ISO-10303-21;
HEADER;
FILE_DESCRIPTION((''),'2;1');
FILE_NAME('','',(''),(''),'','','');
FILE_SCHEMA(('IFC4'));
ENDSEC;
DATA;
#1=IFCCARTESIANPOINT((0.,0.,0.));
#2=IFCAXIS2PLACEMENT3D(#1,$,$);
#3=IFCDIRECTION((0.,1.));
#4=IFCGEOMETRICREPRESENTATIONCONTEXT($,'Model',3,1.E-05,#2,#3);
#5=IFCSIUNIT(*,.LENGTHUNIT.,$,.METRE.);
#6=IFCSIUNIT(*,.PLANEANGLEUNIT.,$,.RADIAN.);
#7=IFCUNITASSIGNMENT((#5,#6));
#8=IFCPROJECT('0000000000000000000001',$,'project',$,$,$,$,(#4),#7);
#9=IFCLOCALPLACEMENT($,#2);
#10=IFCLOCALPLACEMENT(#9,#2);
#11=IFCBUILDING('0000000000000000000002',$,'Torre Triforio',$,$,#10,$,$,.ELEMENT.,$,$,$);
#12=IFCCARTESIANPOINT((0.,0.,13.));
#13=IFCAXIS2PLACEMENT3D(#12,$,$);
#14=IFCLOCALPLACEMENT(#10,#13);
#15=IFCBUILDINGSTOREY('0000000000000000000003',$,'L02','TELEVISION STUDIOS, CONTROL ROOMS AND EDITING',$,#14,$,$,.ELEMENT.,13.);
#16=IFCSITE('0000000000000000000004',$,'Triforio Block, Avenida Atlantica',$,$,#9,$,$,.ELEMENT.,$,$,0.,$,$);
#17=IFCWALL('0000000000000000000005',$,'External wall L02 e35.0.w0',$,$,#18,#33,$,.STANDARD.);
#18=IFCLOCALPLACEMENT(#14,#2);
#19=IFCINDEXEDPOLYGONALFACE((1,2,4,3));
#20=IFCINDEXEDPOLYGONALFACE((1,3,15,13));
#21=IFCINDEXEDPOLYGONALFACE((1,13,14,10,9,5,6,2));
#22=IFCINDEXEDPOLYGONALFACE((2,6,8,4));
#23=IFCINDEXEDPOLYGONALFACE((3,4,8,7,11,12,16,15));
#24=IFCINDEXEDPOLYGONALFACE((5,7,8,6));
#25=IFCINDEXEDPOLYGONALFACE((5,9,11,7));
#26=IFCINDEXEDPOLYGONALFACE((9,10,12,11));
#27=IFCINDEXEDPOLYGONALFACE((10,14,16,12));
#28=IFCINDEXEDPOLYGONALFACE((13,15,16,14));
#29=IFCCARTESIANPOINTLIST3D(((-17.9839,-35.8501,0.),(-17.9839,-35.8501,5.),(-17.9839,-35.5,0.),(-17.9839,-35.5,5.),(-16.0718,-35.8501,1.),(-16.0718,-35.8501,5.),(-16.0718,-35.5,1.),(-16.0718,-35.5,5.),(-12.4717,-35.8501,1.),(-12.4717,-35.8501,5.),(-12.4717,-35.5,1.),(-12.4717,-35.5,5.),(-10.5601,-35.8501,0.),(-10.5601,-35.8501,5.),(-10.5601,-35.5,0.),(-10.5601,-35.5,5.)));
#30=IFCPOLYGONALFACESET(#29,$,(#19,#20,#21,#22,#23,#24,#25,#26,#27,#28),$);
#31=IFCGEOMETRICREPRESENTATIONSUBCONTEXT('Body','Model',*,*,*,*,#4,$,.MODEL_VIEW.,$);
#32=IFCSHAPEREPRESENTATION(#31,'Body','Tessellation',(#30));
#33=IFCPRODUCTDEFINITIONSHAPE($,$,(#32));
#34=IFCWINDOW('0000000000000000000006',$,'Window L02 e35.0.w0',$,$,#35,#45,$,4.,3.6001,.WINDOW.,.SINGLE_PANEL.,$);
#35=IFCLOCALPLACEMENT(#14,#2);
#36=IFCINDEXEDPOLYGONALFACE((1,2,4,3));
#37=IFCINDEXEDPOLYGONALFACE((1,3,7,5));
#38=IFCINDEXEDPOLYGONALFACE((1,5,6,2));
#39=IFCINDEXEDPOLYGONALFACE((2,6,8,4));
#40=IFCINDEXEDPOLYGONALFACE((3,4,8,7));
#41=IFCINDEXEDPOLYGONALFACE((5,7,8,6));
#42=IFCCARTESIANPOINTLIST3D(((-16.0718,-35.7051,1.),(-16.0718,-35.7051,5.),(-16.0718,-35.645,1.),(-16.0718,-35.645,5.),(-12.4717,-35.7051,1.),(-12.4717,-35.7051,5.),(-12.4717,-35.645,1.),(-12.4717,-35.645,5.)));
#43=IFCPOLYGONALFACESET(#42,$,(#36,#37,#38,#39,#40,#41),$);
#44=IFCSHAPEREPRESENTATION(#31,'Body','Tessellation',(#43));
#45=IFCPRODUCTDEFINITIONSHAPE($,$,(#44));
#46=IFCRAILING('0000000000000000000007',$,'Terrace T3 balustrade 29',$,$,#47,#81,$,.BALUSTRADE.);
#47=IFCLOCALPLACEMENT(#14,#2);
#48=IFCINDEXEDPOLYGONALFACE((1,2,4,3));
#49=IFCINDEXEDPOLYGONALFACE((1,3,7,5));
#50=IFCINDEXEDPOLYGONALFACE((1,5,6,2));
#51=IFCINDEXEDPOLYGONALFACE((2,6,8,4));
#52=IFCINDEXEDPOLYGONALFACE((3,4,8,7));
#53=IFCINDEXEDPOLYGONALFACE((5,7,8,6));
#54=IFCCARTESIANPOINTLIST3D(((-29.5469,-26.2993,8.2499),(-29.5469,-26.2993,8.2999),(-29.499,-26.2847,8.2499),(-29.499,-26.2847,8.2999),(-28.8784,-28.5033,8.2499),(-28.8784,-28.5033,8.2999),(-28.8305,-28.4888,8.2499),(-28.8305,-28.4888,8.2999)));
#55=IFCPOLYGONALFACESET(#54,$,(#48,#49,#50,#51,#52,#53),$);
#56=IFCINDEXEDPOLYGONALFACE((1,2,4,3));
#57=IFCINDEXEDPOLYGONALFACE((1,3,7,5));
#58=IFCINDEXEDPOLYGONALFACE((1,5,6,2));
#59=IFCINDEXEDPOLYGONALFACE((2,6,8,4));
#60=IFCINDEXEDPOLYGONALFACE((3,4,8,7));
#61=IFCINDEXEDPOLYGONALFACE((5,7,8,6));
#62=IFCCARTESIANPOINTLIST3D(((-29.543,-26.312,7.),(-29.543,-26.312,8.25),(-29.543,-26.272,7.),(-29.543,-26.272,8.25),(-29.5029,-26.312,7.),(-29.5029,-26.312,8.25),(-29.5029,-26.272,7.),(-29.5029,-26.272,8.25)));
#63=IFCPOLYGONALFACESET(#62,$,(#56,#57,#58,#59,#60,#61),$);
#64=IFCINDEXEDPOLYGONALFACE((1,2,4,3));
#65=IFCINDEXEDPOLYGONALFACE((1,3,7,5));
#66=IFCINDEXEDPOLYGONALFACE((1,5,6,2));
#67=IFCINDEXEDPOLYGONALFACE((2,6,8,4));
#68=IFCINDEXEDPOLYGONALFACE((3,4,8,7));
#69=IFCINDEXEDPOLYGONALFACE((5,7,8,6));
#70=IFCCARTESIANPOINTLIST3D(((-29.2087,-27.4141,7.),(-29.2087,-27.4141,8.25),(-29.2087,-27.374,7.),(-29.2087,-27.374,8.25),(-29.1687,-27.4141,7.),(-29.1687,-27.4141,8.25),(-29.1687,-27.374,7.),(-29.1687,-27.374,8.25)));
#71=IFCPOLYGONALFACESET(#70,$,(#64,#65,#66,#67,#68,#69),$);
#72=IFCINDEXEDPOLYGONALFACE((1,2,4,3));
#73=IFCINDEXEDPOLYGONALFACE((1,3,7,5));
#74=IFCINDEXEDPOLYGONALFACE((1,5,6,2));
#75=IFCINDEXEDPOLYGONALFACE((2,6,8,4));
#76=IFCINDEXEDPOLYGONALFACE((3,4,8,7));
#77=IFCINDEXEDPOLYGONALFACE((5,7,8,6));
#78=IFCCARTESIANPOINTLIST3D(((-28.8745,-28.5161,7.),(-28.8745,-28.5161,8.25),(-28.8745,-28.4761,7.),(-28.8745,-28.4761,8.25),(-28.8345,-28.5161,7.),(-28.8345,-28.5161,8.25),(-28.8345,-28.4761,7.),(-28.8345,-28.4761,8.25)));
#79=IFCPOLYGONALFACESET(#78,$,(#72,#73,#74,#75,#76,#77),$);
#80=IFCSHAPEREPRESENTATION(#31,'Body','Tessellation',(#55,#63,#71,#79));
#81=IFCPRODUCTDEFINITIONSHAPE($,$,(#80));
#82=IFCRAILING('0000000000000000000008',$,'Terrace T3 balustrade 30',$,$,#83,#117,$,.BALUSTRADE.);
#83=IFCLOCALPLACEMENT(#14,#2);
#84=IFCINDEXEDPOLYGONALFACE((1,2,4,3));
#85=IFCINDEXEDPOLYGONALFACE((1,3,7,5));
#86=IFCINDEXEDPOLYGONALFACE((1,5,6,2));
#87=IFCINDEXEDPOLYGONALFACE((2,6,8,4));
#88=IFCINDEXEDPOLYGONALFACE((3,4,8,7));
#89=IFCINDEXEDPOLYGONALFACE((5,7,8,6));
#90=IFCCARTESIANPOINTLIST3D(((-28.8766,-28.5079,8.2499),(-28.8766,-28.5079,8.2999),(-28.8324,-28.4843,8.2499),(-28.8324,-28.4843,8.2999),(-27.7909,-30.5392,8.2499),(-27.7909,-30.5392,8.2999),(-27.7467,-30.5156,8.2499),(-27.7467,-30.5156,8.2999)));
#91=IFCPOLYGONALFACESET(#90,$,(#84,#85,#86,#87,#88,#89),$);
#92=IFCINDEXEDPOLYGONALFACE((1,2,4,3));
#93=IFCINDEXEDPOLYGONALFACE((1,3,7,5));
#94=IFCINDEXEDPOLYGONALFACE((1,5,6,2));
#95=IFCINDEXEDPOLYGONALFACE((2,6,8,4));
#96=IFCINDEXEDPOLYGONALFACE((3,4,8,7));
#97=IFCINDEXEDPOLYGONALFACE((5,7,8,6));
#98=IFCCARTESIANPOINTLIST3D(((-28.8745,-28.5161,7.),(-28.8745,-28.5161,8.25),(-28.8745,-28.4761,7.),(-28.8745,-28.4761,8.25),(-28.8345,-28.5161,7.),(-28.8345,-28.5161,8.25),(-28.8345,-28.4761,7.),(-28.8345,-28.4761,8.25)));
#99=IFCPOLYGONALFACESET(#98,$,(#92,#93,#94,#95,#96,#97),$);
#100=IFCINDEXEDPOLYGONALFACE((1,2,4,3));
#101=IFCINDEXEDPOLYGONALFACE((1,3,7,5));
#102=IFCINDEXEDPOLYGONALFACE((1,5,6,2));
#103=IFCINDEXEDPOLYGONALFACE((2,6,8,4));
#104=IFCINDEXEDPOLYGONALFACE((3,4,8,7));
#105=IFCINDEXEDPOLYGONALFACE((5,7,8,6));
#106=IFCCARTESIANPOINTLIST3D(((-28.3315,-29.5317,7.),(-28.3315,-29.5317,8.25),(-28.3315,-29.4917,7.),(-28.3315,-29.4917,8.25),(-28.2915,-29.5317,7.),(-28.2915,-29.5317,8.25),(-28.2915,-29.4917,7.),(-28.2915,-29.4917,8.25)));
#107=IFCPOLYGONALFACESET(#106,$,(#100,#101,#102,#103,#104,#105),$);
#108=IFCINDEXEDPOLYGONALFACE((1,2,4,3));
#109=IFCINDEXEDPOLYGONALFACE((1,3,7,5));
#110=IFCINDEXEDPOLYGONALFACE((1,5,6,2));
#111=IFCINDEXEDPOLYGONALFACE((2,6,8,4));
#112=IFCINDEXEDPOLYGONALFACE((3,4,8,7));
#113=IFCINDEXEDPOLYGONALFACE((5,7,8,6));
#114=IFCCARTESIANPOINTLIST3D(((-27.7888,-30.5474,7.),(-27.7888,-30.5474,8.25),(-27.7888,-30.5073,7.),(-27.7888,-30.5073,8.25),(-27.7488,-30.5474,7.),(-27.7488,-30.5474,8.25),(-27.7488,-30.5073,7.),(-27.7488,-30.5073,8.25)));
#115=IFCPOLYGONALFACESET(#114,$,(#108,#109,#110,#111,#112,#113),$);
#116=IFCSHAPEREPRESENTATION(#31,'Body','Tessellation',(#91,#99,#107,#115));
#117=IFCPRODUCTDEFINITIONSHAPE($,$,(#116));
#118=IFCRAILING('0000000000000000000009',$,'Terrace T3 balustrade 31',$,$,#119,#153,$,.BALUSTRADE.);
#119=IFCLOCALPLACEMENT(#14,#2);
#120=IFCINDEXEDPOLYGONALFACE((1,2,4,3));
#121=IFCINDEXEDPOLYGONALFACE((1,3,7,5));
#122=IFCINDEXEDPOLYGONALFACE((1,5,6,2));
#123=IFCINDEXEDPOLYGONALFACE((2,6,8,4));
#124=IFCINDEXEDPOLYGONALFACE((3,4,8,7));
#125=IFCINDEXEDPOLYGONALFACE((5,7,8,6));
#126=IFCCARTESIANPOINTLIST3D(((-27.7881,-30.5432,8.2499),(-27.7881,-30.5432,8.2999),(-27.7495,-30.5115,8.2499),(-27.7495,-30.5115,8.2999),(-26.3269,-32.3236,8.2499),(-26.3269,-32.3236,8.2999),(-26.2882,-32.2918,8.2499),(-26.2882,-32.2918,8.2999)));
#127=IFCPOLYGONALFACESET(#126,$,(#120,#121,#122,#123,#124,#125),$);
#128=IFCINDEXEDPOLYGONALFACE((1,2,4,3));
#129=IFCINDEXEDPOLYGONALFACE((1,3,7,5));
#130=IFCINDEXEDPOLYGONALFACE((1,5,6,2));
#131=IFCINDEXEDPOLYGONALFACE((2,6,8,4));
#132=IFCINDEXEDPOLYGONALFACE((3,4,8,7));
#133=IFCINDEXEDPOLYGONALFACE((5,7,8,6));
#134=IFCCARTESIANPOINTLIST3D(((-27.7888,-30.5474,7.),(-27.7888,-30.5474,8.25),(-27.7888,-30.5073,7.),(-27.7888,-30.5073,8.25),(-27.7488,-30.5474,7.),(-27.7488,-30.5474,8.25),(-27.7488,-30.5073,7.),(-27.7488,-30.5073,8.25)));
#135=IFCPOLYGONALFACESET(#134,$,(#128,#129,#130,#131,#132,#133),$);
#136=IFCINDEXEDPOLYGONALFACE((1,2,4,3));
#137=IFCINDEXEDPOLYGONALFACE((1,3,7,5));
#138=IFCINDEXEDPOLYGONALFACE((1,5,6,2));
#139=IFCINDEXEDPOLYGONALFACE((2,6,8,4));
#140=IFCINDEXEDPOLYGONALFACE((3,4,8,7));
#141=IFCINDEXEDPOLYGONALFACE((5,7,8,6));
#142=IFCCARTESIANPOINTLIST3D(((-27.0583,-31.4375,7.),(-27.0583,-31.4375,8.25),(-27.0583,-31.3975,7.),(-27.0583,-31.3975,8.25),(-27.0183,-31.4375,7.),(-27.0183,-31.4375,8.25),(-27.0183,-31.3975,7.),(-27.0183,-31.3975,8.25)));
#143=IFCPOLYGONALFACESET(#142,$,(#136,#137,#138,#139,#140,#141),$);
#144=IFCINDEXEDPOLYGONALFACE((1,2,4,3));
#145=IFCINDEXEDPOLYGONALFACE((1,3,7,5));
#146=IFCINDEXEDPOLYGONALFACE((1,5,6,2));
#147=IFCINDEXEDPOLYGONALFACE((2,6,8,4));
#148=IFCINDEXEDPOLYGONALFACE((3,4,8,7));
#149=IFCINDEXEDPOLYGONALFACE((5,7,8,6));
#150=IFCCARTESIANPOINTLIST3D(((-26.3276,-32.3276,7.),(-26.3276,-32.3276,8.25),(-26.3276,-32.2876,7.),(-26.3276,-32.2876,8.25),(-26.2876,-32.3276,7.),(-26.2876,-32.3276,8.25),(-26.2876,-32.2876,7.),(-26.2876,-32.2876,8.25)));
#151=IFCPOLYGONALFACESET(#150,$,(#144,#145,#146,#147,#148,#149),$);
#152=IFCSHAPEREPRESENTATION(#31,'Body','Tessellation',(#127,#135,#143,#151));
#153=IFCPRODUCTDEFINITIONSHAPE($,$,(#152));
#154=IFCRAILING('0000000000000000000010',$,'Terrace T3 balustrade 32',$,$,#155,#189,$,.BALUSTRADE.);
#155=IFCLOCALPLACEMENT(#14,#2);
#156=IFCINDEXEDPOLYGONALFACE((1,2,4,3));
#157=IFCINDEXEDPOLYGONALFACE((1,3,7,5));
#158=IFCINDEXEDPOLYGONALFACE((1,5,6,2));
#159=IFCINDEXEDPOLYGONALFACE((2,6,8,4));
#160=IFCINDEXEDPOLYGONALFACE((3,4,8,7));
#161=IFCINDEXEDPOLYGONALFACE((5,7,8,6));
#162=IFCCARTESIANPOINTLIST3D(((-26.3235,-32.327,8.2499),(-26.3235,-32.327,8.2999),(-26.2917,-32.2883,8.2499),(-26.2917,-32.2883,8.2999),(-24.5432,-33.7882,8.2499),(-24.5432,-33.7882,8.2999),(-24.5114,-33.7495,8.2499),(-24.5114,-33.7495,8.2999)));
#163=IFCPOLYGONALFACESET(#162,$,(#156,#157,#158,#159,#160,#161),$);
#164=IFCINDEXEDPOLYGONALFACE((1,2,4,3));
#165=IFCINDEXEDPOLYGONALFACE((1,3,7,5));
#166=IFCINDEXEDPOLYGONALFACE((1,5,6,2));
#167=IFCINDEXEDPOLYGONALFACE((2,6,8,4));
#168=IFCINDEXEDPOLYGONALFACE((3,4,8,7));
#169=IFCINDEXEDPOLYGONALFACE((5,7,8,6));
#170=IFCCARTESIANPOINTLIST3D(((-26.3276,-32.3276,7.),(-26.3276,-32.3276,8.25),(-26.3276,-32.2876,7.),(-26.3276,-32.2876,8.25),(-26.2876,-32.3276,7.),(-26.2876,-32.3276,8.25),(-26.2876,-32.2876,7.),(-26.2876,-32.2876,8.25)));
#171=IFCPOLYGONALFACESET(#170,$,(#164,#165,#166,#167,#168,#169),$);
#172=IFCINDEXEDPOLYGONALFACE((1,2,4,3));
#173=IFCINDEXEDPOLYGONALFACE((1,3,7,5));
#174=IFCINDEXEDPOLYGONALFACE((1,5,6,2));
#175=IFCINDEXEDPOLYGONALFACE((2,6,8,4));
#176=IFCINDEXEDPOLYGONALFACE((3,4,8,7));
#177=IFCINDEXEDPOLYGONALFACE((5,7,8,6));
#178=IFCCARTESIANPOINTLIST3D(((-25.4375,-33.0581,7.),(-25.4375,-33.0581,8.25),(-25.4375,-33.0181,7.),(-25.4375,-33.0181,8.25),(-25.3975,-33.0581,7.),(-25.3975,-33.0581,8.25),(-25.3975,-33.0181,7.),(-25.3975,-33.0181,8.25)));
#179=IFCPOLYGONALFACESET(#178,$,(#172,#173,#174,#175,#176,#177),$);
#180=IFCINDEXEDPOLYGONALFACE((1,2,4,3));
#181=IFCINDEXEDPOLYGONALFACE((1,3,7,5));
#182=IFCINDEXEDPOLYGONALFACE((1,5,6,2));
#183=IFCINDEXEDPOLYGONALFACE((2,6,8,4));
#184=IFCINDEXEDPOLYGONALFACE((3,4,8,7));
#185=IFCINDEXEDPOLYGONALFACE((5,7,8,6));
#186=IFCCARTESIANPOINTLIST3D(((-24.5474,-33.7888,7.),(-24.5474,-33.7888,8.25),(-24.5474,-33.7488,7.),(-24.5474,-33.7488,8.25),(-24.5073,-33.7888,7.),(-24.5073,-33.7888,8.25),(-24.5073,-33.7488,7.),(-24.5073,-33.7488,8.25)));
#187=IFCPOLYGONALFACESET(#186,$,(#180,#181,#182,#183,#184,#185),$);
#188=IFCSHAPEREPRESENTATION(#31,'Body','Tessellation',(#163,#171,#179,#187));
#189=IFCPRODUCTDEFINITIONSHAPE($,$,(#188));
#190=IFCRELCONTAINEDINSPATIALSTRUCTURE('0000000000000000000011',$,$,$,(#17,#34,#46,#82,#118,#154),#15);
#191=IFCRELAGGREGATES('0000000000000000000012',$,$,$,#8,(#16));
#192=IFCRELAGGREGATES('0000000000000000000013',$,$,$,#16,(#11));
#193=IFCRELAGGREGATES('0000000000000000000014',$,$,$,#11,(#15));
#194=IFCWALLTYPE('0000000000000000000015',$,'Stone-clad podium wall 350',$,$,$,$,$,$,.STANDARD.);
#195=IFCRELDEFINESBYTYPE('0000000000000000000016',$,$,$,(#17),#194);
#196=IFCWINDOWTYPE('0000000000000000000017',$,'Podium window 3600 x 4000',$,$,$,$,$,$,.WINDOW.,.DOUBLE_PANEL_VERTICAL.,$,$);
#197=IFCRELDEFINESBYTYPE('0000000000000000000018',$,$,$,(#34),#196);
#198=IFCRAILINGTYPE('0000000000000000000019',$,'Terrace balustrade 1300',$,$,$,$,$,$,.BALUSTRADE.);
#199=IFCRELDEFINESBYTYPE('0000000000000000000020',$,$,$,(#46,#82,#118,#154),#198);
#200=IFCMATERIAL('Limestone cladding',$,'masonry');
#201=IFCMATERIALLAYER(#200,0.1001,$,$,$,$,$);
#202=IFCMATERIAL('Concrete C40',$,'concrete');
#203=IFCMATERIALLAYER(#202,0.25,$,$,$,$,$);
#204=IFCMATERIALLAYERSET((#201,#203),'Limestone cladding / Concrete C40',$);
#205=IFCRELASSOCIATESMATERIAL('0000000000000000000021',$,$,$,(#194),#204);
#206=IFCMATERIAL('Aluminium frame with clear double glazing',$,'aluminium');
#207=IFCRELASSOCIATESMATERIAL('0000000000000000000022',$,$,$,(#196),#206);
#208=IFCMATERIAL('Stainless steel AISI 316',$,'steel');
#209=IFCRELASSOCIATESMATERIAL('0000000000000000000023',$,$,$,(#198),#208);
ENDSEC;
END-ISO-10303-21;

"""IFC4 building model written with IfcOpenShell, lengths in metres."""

from ifc_helpers import new_model, si_unit, direction, frame, frame_2d, origin, origin_2d, place, context, subcontext, project, spatial, rectangle, extrude, material, layer, layer_set, type_object, element, fill, save


model = new_model("IFC4")

# Units and contexts
model_context = context("Model", 3, precision=1e-05, world=origin(), true_north=direction((0.0, 1.0)))
body_context = subcontext(model_context, "Body", "Model", "MODEL_VIEW")
ifc_project = project(units=[si_unit("LENGTHUNIT", "METRE"), si_unit("PLANEANGLEUNIT", "RADIAN")], contexts=[model_context])

# Site, building, storey
site_placement = place(None, origin())
site = spatial("IfcSite", under=ifc_project, at=site_placement, Name="Triforio Block, Avenida Atlantica", CompositionType="ELEMENT", RefElevation=0.0)
building_placement = place(site_placement, origin())
building = spatial("IfcBuilding", under=site, at=building_placement, Name="Torre Triforio", CompositionType="ELEMENT")
storey_placement = place(building_placement, frame((0.0, 0.0, 13.0)))
storey = spatial("IfcBuildingStorey", under=building, at=storey_placement, Name="L02", Description="TELEVISION STUDIOS, CONTROL ROOMS AND EDITING", CompositionType="ELEMENT", Elevation=13.0)

# Shared definitions
ifc_material_1 = material(Name="Limestone cladding", Category="masonry")
ifc_layer_1 = layer(ifc_material_1, 0.1001)
ifc_material_2 = material(Name="Concrete C40", Category="concrete")
ifc_layer_2 = layer(ifc_material_2, 0.25)
ifc_layer_set_1 = layer_set([ifc_layer_1, ifc_layer_2], Name="Limestone cladding / Concrete C40")
wall_type_1 = type_object("IfcWallType", Name="Stone-clad podium wall 350", PredefinedType="STANDARD", material=ifc_layer_set_1)

# Wall, opening, window
wall_1_placement = place(storey_placement, frame((-17.9839, -35.675, 0.0), z_axis=(0.0, 0.0, 1.0), x_axis=(1.0, 0.0, 0.0)))
wall_1 = element("IfcWall", 1, at=wall_1_placement, inside=storey, type_object=wall_type_1, Name="External wall L02 e35.0.w0", PredefinedType="STANDARD", context=body_context, shape_type="SweptSolid", body=[
    extrude(rectangle(XDim=7.4238, YDim=0.3501, at=frame_2d((3.7119, 0.0))), origin(), (0.0, 0.0, 1.0), 5.0),
])
opening_1_placement = place(wall_1_placement, frame((1.9121, 0.0, 1.0)))
opening_1 = element("IfcOpeningElement", 2, at=opening_1_placement, cuts=wall_1, PredefinedType="OPENING", context=body_context, shape_type="SweptSolid", body=[
    extrude(rectangle(XDim=3.6001, YDim=4.0, at=frame_2d((1.8, 2.0))), frame((0.0, 0.1851, 0.0), z_axis=(0.0, -1.0, 0.0), x_axis=(1.0, 0.0, 0.0)), (0.0, 0.0, 1.0), 0.3701),
])
ifc_material_3 = material(Name="Aluminium frame with clear double glazing", Category="aluminium")
window_type = type_object("IfcWindowType", Name="Podium window 3600 x 4000", PartitioningType="DOUBLE_PANEL_VERTICAL", PredefinedType="WINDOW", material=ifc_material_3)
window_placement = place(opening_1_placement, origin())
window = element("IfcWindow", 3, at=window_placement, inside=storey, type_object=window_type, Name="Window L02 e35.0.w0", OverallHeight=4.0, OverallWidth=3.6001, PartitioningType="SINGLE_PANEL", PredefinedType="WINDOW", context=body_context, shape_type="SweptSolid", body=[
    extrude(rectangle(XDim=3.6001, YDim=4.0, at=frame_2d((1.8, 2.0))), frame((0.0, 0.03, 0.0), z_axis=(0.0, -1.0, 0.0), x_axis=(1.0, 0.0, 0.0)), (0.0, 0.0, 1.0), 0.0601),
])
fill(opening_1, window)

# Railings
ifc_material_4 = material(Name="Stainless steel AISI 316", Category="steel")
railing_type = type_object("IfcRailingType", Name="Terrace balustrade 1300", PredefinedType="BALUSTRADE", material=ifc_material_4)
railing_1_placement = place(storey_placement, frame((-29.5229, -26.292, 7.0)))
element("IfcRailing", 4, at=railing_1_placement, inside=storey, type_object=railing_type, Name="Terrace T3 balustrade 29", PredefinedType="BALUSTRADE", context=body_context, shape_type="SweptSolid", body=[
    extrude(rectangle(XDim=0.05, YDim=0.05, at=origin_2d()), frame((0.0, 0.0, 1.2749), z_axis=(0.290225, -0.956958, 0.0), x_axis=(0.956958, 0.290225, 0.0)), (0.0, 0.0, 1.0), 2.3032),
    extrude(rectangle(XDim=0.04, YDim=0.04, at=origin_2d()), origin(), (0.0, 0.0, 1.0), 1.25),
    extrude(rectangle(XDim=0.04, YDim=0.04, at=origin_2d()), frame((0.3342, -1.1021, 0.0)), (0.0, 0.0, 1.0), 1.25),
    extrude(rectangle(XDim=0.04, YDim=0.04, at=origin_2d()), frame((0.6685, -2.2041, 0.0)), (0.0, 0.0, 1.0), 1.25),
])
railing_2_placement = place(storey_placement, frame((-28.8545, -28.4961, 7.0)))
element("IfcRailing", 5, at=railing_2_placement, inside=storey, type_object=railing_type, Name="Terrace T3 balustrade 30", PredefinedType="BALUSTRADE", context=body_context, shape_type="SweptSolid", body=[
    extrude(rectangle(XDim=0.05, YDim=0.05, at=origin_2d()), frame((0.0, 0.0, 1.2749), z_axis=(0.471386, -0.881927, 0.0), x_axis=(0.881927, 0.471386, 0.0)), (0.0, 0.0, 1.0), 2.3032),
    extrude(rectangle(XDim=0.04, YDim=0.04, at=origin_2d()), origin(), (0.0, 0.0, 1.0), 1.25),
    extrude(rectangle(XDim=0.04, YDim=0.04, at=origin_2d()), frame((0.543, -1.0156, 0.0)), (0.0, 0.0, 1.0), 1.25),
    extrude(rectangle(XDim=0.04, YDim=0.04, at=origin_2d()), frame((1.0857, -2.0312, 0.0)), (0.0, 0.0, 1.0), 1.25),
])
railing_3_placement = place(storey_placement, frame((-27.7688, -30.5273, 7.0)))
element("IfcRailing", 6, at=railing_3_placement, inside=storey, type_object=railing_type, Name="Terrace T3 balustrade 31", PredefinedType="BALUSTRADE", context=body_context, shape_type="SweptSolid", body=[
    extrude(rectangle(XDim=0.05, YDim=0.05, at=origin_2d()), frame((0.0, 0.0, 1.2749), z_axis=(0.634432, -0.772979, 0.0), x_axis=(0.772979, 0.634432, 0.0)), (0.0, 0.0, 1.0), 2.3032),
    extrude(rectangle(XDim=0.04, YDim=0.04, at=origin_2d()), origin(), (0.0, 0.0, 1.0), 1.25),
    extrude(rectangle(XDim=0.04, YDim=0.04, at=origin_2d()), frame((0.7305, -0.8901, 0.0)), (0.0, 0.0, 1.0), 1.25),
    extrude(rectangle(XDim=0.04, YDim=0.04, at=origin_2d()), frame((1.4612, -1.7803, 0.0)), (0.0, 0.0, 1.0), 1.25),
])
railing_4_placement = place(storey_placement, frame((-26.3076, -32.3076, 7.0)))
element("IfcRailing", 7, at=railing_4_placement, inside=storey, type_object=railing_type, Name="Terrace T3 balustrade 32", PredefinedType="BALUSTRADE", context=body_context, shape_type="SweptSolid", body=[
    extrude(rectangle(XDim=0.05, YDim=0.05, at=origin_2d()), frame((0.0, 0.0, 1.2749), z_axis=(0.772979, -0.634432, 0.0), x_axis=(0.634432, 0.772979, 0.0)), (0.0, 0.0, 1.0), 2.3032),
    extrude(rectangle(XDim=0.04, YDim=0.04, at=origin_2d()), origin(), (0.0, 0.0, 1.0), 1.25),
    extrude(rectangle(XDim=0.04, YDim=0.04, at=origin_2d()), frame((0.8901, -0.7305, 0.0)), (0.0, 0.0, 1.0), 1.25),
    extrude(rectangle(XDim=0.04, YDim=0.04, at=origin_2d()), frame((1.7803, -1.4612, 0.0)), (0.0, 0.0, 1.0), 1.25),
])

save(model, "model.ifc")
